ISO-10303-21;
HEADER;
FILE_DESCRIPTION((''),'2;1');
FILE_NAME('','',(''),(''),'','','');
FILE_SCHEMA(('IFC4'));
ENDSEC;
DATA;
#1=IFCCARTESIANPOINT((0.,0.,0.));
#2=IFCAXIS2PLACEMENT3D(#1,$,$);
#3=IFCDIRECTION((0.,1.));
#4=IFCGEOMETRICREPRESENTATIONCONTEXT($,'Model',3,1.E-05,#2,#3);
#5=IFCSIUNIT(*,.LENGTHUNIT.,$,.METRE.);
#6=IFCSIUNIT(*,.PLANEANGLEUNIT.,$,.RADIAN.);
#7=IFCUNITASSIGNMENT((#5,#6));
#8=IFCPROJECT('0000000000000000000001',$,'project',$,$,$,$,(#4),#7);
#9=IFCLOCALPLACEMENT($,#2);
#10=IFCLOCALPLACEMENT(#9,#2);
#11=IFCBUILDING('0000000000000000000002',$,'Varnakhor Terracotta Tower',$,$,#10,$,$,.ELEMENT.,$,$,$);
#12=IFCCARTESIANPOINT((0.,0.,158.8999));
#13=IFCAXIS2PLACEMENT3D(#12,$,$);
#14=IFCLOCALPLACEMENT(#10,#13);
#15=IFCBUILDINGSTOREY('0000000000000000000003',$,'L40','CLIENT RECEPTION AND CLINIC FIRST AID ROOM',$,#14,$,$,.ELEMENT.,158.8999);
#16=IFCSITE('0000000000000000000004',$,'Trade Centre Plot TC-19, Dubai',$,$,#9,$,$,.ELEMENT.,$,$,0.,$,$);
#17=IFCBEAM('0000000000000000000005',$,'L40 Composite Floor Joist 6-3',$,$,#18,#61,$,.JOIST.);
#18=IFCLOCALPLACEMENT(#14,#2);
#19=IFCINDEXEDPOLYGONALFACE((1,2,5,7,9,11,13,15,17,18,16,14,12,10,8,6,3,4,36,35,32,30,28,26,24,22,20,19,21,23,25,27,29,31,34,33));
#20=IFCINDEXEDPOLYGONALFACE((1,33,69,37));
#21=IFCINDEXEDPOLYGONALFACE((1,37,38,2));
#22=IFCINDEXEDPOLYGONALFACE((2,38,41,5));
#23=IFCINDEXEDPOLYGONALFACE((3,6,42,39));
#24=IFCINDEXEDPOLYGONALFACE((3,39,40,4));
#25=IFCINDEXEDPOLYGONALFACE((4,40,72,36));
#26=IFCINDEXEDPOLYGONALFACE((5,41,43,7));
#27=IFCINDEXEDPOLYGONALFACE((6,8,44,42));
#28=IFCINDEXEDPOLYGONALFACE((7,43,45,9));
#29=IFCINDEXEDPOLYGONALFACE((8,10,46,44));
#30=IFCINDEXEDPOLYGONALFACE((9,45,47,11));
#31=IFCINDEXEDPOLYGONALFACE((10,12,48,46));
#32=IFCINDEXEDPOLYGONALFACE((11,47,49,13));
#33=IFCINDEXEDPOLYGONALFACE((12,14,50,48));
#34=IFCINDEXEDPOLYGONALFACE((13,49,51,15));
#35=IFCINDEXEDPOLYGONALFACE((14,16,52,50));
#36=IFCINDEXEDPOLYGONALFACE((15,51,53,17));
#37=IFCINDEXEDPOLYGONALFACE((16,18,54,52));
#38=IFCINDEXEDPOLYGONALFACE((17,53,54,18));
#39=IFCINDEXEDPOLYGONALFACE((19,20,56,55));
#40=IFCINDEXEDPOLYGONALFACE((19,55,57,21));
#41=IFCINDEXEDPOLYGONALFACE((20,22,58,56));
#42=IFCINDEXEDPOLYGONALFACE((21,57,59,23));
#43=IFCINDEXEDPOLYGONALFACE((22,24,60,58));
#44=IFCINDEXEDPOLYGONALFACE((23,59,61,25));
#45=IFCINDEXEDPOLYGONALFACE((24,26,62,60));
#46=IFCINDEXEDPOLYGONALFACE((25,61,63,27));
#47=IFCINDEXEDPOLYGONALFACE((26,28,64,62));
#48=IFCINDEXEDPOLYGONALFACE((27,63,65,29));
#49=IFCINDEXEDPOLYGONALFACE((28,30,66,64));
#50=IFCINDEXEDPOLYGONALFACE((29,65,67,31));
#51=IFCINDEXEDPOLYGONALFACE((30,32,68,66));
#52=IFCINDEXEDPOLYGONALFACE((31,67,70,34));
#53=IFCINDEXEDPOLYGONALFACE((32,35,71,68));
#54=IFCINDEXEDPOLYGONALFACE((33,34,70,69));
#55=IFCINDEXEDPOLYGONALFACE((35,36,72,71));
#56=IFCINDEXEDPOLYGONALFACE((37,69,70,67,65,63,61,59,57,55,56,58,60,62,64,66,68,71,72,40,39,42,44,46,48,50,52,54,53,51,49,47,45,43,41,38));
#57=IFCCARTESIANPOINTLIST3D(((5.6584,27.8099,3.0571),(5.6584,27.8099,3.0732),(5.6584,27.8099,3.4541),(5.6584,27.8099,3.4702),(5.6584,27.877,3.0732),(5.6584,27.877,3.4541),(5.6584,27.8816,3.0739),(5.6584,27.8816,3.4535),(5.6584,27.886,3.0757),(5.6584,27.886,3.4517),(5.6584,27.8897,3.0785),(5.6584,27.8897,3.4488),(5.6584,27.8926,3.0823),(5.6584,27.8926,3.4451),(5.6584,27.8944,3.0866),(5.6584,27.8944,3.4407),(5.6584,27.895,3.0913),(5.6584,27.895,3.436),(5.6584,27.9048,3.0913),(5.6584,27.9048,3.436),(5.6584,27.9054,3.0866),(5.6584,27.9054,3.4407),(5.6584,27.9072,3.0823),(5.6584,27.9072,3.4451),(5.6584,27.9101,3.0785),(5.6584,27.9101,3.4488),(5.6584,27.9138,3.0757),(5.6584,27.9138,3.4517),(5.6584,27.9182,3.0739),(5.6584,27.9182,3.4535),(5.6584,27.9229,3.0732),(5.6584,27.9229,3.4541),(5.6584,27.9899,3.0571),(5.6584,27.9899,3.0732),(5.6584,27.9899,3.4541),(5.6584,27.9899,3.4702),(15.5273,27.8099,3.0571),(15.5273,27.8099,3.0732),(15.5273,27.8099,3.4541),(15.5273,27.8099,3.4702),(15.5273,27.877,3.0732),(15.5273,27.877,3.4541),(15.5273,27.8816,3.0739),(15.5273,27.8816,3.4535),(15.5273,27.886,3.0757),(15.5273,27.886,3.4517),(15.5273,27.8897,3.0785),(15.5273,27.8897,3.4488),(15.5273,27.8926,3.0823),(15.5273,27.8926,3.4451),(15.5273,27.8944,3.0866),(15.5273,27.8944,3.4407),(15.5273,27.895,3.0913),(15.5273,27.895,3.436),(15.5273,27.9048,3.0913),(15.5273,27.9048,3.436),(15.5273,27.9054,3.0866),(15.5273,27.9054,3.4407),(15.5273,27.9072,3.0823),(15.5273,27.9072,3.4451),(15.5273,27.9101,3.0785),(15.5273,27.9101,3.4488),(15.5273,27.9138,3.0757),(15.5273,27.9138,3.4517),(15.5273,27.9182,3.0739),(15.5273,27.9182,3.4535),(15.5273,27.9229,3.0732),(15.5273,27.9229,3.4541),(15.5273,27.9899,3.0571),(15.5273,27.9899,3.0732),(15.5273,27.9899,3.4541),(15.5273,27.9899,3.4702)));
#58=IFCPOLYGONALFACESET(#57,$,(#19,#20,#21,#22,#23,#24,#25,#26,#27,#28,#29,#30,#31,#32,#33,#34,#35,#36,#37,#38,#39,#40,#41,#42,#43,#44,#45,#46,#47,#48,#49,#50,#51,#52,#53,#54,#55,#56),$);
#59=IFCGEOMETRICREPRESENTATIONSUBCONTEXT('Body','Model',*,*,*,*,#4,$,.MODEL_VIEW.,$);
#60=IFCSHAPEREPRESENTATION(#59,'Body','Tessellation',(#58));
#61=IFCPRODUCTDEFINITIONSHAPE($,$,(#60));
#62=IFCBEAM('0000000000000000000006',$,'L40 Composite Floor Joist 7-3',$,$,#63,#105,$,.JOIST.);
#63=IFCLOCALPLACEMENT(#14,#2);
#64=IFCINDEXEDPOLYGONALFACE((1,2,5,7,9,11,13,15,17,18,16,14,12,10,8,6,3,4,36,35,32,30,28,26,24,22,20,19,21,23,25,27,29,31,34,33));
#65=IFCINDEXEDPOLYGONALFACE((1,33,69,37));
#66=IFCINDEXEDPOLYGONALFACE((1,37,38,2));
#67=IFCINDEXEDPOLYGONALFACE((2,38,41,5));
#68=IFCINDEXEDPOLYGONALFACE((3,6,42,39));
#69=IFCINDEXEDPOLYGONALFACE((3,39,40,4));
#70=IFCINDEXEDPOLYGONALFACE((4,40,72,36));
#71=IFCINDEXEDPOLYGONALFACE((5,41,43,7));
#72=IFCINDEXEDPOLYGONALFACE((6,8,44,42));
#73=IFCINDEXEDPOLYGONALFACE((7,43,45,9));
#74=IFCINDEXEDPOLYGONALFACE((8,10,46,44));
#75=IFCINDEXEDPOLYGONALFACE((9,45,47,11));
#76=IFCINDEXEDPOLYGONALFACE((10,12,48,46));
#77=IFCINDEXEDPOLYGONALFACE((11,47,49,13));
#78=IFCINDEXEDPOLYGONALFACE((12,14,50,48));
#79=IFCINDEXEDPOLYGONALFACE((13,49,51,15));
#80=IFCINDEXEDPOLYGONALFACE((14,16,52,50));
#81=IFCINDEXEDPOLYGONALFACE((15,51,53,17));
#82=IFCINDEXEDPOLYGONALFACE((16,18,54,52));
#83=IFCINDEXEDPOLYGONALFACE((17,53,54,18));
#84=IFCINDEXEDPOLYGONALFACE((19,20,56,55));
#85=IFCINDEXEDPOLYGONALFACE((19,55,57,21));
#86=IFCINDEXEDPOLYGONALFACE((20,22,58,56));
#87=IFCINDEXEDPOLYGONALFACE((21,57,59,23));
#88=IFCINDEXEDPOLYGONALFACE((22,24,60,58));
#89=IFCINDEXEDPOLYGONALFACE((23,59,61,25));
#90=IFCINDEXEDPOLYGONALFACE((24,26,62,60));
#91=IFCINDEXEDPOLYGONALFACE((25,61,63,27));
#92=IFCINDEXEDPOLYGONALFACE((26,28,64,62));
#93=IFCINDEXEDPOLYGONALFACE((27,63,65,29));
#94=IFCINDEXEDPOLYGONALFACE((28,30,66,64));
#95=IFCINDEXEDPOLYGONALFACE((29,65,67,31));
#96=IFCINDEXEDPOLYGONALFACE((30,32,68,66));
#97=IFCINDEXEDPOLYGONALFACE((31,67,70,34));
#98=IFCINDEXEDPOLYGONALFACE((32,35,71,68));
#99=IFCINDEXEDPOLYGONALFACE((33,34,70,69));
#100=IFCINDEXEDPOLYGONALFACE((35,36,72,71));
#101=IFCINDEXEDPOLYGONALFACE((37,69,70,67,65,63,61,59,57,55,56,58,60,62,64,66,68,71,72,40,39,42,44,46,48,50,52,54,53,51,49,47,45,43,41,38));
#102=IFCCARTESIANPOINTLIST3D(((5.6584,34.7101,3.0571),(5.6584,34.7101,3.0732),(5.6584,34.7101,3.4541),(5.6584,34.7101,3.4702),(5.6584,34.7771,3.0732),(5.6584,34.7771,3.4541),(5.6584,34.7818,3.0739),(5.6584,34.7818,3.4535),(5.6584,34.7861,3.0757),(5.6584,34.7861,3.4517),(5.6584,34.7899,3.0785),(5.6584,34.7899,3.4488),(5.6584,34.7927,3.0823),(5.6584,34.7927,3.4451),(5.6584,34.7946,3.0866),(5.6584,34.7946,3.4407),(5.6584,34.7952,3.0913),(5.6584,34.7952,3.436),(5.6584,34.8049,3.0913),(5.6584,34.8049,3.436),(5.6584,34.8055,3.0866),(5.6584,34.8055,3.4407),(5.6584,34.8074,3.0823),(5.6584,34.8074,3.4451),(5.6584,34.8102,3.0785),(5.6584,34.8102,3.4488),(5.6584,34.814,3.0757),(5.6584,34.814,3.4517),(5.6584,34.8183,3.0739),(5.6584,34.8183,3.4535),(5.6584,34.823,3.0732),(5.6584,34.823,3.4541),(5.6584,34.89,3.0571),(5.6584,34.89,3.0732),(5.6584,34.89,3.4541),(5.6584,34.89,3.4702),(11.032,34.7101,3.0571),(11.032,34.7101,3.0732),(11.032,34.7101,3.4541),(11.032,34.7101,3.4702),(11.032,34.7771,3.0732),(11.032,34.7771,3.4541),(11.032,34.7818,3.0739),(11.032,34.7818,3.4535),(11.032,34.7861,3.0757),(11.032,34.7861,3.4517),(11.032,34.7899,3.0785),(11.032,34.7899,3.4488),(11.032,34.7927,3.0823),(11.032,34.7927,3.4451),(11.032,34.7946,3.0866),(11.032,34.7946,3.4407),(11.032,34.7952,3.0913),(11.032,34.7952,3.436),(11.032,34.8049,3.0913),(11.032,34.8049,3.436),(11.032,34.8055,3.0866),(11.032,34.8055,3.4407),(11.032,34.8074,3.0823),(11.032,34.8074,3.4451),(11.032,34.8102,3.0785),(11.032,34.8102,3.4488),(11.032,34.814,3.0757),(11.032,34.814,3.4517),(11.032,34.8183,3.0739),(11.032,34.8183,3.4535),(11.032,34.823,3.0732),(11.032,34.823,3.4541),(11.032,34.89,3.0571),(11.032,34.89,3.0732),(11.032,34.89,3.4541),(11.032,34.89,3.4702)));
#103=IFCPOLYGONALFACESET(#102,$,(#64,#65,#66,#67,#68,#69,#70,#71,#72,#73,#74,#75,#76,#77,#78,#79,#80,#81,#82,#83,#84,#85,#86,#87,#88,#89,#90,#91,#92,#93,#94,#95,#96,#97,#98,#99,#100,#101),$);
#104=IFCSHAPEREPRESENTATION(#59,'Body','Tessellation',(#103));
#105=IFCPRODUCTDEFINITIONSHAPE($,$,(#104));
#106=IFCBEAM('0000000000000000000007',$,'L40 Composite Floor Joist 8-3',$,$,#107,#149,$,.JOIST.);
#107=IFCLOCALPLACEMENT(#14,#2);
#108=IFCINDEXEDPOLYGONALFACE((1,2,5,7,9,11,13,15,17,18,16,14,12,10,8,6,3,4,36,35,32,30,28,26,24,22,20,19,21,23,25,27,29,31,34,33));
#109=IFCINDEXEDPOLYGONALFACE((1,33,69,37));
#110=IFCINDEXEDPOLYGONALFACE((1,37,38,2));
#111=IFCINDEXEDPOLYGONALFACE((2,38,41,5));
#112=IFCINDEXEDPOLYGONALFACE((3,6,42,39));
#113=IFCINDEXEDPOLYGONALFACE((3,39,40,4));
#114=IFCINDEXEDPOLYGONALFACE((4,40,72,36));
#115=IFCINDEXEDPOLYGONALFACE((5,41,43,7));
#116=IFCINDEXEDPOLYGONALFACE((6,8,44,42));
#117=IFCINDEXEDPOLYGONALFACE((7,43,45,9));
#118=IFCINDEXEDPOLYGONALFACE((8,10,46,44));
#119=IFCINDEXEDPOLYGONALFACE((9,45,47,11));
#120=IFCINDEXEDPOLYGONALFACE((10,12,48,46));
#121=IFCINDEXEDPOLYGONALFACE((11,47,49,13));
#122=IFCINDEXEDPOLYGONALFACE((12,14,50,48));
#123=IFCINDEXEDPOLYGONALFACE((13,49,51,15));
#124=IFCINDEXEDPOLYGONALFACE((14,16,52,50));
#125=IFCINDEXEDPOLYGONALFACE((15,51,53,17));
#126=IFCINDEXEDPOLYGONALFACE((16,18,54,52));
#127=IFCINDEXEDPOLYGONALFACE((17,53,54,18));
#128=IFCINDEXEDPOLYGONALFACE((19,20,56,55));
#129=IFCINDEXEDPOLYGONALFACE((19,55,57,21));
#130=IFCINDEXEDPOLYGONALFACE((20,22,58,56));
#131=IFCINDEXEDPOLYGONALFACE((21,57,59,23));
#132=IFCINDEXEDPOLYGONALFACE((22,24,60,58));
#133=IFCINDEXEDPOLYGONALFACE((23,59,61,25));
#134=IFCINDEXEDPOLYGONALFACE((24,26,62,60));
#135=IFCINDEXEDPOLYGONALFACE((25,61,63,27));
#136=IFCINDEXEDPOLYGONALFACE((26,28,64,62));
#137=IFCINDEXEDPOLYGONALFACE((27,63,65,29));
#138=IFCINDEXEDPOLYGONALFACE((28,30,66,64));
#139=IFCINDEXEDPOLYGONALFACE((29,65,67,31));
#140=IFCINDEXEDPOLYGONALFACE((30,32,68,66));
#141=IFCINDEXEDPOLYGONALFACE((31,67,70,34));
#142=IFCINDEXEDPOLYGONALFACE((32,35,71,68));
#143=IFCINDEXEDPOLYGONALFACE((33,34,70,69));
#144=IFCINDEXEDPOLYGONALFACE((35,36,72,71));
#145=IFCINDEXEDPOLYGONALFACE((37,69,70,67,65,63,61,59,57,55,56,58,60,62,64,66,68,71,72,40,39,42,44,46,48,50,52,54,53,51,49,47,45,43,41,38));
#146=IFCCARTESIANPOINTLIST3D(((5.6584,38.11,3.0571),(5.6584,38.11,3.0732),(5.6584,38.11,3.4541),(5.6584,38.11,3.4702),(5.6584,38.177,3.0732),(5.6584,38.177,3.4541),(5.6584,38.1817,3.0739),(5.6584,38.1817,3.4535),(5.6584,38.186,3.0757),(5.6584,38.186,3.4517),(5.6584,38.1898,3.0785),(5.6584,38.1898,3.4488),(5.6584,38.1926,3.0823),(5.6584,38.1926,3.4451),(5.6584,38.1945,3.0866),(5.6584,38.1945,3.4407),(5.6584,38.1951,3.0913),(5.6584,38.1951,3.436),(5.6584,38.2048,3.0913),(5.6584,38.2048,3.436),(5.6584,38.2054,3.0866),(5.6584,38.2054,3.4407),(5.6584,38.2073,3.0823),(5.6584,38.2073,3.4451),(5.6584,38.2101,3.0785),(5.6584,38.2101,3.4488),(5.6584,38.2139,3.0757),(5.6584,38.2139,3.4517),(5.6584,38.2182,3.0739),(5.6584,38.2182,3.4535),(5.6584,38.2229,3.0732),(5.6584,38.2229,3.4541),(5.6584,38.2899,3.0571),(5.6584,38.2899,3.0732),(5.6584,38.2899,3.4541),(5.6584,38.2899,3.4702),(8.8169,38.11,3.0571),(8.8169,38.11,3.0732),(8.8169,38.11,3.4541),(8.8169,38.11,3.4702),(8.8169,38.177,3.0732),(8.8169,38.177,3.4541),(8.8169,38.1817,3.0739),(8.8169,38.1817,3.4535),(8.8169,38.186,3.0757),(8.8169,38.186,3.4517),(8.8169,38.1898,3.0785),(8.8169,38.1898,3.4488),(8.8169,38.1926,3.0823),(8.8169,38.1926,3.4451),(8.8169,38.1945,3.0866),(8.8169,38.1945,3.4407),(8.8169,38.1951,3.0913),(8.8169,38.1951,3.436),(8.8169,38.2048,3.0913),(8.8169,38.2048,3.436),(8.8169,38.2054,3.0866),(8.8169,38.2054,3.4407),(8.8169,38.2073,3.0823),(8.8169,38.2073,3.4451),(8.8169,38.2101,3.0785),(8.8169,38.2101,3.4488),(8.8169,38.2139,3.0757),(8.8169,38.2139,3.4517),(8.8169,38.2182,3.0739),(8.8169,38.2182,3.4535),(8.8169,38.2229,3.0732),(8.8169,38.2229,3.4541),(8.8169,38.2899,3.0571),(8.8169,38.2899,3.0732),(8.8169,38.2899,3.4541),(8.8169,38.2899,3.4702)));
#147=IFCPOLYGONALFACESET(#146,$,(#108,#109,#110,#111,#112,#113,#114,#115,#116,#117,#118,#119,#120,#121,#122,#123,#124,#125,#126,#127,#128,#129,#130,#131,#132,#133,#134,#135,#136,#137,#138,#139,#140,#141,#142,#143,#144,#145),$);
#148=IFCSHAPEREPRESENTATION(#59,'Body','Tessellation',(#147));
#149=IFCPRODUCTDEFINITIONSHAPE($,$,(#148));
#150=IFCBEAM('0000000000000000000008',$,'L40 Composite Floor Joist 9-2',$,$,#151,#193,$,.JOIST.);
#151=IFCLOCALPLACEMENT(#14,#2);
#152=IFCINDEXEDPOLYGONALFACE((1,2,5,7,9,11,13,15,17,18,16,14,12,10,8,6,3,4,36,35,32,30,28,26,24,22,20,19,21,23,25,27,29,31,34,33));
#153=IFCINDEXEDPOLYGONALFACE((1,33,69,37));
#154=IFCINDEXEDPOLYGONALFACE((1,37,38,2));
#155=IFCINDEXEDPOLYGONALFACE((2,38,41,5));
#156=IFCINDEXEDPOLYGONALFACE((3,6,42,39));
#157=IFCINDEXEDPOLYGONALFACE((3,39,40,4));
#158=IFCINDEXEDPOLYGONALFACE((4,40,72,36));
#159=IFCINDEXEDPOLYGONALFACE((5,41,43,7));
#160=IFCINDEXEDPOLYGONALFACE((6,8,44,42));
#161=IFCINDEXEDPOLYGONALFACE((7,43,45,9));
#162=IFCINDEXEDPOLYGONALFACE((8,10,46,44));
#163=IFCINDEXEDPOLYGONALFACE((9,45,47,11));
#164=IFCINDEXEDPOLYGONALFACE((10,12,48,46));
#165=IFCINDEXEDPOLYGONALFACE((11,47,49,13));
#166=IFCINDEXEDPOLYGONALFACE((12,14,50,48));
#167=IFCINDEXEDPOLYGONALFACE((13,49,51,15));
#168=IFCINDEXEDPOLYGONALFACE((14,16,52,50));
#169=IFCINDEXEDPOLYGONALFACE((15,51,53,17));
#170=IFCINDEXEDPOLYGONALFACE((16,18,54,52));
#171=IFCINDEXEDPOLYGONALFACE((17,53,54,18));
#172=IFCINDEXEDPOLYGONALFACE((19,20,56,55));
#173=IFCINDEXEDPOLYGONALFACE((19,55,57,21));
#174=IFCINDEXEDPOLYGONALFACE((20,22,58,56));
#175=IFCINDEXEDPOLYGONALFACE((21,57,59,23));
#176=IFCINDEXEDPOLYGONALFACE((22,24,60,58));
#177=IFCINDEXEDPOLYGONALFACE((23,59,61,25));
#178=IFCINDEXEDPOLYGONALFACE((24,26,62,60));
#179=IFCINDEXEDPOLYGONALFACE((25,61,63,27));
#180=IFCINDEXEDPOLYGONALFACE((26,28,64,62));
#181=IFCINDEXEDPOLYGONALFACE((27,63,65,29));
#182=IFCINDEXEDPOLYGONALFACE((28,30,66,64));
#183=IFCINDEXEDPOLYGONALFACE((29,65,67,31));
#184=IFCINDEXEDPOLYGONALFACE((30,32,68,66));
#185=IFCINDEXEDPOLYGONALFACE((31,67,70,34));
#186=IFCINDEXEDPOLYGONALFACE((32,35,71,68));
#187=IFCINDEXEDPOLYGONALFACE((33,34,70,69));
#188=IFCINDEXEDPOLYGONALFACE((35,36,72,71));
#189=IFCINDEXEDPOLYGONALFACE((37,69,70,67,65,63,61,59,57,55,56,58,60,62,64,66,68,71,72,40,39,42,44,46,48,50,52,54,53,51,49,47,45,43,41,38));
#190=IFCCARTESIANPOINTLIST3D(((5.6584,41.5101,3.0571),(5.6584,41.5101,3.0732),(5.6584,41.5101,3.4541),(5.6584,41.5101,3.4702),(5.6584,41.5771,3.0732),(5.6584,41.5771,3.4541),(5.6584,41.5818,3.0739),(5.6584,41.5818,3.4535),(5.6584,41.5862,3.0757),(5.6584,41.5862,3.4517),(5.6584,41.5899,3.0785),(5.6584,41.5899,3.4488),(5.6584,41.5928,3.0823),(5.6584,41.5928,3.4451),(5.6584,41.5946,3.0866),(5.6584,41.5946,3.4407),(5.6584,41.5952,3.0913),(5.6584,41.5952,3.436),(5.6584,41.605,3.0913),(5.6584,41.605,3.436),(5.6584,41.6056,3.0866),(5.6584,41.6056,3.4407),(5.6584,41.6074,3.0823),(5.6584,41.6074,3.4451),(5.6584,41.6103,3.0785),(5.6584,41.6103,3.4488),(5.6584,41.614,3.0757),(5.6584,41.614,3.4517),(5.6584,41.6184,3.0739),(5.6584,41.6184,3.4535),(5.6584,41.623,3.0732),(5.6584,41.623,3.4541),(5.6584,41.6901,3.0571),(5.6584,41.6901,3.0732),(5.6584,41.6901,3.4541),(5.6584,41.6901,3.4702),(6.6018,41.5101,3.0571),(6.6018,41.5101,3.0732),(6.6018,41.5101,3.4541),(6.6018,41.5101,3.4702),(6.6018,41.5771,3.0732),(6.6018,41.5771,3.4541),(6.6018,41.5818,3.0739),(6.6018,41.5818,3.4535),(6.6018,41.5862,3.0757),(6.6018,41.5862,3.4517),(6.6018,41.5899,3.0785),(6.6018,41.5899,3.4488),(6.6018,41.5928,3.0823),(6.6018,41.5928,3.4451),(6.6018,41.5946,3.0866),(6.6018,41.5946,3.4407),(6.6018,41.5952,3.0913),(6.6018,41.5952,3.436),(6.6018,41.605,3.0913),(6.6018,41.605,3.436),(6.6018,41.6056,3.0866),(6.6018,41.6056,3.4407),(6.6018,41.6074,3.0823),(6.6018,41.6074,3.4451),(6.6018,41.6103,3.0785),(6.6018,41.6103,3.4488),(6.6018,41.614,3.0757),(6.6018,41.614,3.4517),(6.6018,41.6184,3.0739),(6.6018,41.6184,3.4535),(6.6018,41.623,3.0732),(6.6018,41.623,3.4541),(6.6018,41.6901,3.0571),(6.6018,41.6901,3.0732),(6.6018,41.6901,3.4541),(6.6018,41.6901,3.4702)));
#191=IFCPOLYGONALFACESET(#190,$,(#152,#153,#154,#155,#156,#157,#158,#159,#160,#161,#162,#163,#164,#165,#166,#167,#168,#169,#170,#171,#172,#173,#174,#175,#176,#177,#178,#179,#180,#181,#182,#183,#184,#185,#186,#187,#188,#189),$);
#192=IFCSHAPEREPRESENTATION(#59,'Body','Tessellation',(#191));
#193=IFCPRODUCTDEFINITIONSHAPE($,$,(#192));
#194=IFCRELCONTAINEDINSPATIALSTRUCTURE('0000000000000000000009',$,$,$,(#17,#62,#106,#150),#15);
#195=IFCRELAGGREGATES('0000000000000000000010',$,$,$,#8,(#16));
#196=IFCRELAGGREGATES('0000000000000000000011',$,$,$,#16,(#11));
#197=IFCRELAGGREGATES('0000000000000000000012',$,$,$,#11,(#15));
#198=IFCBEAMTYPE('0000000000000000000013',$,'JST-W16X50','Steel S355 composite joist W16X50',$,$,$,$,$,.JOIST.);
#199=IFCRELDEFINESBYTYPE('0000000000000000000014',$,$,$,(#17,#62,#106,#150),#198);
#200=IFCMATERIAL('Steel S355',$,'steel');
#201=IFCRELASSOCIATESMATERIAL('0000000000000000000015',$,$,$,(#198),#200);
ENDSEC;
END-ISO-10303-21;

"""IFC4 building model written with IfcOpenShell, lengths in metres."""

from ifc_helpers import new_model, si_unit, direction, frame, origin, origin_2d, place, context, subcontext, project, spatial, i_section, extrude, source, transform, mapped, material, material_profile, profile_set, type_object, element, save


model = new_model("IFC4")

# Units and contexts
model_context = context("Model", 3, precision=1e-05, world=origin(), true_north=direction((0.0, 1.0)))
body_context = subcontext(model_context, "Body", "Model", "MODEL_VIEW")
ifc_project = project(units=[si_unit("LENGTHUNIT", "METRE"), si_unit("PLANEANGLEUNIT", "RADIAN")], contexts=[model_context])

# Site, building, storey
site_placement = place(None, origin())
site = spatial("IfcSite", under=ifc_project, at=site_placement, Name="Trade Centre Plot TC-19, Dubai", CompositionType="ELEMENT", RefElevation=0.0)
building_placement = place(site_placement, origin())
building = spatial("IfcBuilding", under=site, at=building_placement, Name="Varnakhor Terracotta Tower", CompositionType="ELEMENT")
storey_placement = place(building_placement, frame((0.0, 0.0, 158.8999)))
storey = spatial("IfcBuildingStorey", under=building, at=storey_placement, Name="L40", Description="CLIENT RECEPTION AND CLINIC FIRST AID ROOM", CompositionType="ELEMENT", Elevation=158.8999)

# Beams
ifc_material_1 = material(Name="Steel S355", Category="steel")
ifc_material_profile_1 = material_profile(ifc_material_1, i_section(OverallWidth=0.1799, OverallDepth=0.4131, WebThickness=0.0098, FlangeThickness=0.0161, FilletRadius=0.0181, at=origin_2d()), Name="W16X50")
ifc_profile_set_1 = profile_set([ifc_material_profile_1], Name="Steel S355")
beam_type_1 = type_object("IfcBeamType", Name="JST-W16X50", Description="Steel S355 composite joist W16X50", PredefinedType="JOIST", material=ifc_profile_set_1)
shared_shape_1 = source(origin(), body_context, "Body", "SweptSolid", [
    extrude(i_section(OverallWidth=0.1799, OverallDepth=0.4131, WebThickness=0.0098, FlangeThickness=0.0161, FilletRadius=0.0181, at=origin_2d()), origin(), (0.0, 0.0, 1.0), 9.8689),
])
beam_1_placement = place(storey_placement, frame((5.6584, 27.8999, 3.2637), z_axis=(1.0, 0.0, 0.0), x_axis=(0.0, 1.0, 0.0)))
element("IfcBeam", 1, at=beam_1_placement, inside=storey, type_object=beam_type_1, Name="L40 Composite Floor Joist 6-3", PredefinedType="JOIST", context=body_context, shape_type="MappedRepresentation", body=[
    mapped(shared_shape_1, transform((0.0, 0.0, 0.0), scale=1.0)),
])
shared_shape_2 = source(origin(), body_context, "Body", "SweptSolid", [
    extrude(i_section(OverallWidth=0.1799, OverallDepth=0.4131, WebThickness=0.0098, FlangeThickness=0.0161, FilletRadius=0.0181, at=origin_2d()), origin(), (0.0, 0.0, 1.0), 5.3735),
])
beam_2_placement = place(storey_placement, frame((5.6584, 34.8, 3.2637), z_axis=(1.0, 0.0, 0.0), x_axis=(0.0, 1.0, 0.0)))
element("IfcBeam", 2, at=beam_2_placement, inside=storey, type_object=beam_type_1, Name="L40 Composite Floor Joist 7-3", PredefinedType="JOIST", context=body_context, shape_type="MappedRepresentation", body=[
    mapped(shared_shape_2, transform((0.0, 0.0, 0.0), scale=1.0)),
])
shared_shape_3 = source(origin(), body_context, "Body", "SweptSolid", [
    extrude(i_section(OverallWidth=0.1799, OverallDepth=0.4131, WebThickness=0.0098, FlangeThickness=0.0161, FilletRadius=0.0181, at=origin_2d()), origin(), (0.0, 0.0, 1.0), 3.1584),
])
beam_3_placement = place(storey_placement, frame((5.6584, 38.2, 3.2637), z_axis=(1.0, 0.0, 0.0), x_axis=(0.0, 1.0, 0.0)))
element("IfcBeam", 3, at=beam_3_placement, inside=storey, type_object=beam_type_1, Name="L40 Composite Floor Joist 8-3", PredefinedType="JOIST", context=body_context, shape_type="MappedRepresentation", body=[
    mapped(shared_shape_3, transform((0.0, 0.0, 0.0), scale=1.0)),
])
shared_shape_4 = source(origin(), body_context, "Body", "SweptSolid", [
    extrude(i_section(OverallWidth=0.1799, OverallDepth=0.4131, WebThickness=0.0098, FlangeThickness=0.0161, FilletRadius=0.0181, at=origin_2d()), origin(), (0.0, 0.0, 1.0), 0.9434),
])
beam_4_placement = place(storey_placement, frame((5.6584, 41.6001, 3.2637), z_axis=(1.0, 0.0, 0.0), x_axis=(0.0, 1.0, 0.0)))
element("IfcBeam", 4, at=beam_4_placement, inside=storey, type_object=beam_type_1, Name="L40 Composite Floor Joist 9-2", PredefinedType="JOIST", context=body_context, shape_type="MappedRepresentation", body=[
    mapped(shared_shape_4, transform((0.0, 0.0, 0.0), scale=1.0)),
])

save(model, "model.ifc")
